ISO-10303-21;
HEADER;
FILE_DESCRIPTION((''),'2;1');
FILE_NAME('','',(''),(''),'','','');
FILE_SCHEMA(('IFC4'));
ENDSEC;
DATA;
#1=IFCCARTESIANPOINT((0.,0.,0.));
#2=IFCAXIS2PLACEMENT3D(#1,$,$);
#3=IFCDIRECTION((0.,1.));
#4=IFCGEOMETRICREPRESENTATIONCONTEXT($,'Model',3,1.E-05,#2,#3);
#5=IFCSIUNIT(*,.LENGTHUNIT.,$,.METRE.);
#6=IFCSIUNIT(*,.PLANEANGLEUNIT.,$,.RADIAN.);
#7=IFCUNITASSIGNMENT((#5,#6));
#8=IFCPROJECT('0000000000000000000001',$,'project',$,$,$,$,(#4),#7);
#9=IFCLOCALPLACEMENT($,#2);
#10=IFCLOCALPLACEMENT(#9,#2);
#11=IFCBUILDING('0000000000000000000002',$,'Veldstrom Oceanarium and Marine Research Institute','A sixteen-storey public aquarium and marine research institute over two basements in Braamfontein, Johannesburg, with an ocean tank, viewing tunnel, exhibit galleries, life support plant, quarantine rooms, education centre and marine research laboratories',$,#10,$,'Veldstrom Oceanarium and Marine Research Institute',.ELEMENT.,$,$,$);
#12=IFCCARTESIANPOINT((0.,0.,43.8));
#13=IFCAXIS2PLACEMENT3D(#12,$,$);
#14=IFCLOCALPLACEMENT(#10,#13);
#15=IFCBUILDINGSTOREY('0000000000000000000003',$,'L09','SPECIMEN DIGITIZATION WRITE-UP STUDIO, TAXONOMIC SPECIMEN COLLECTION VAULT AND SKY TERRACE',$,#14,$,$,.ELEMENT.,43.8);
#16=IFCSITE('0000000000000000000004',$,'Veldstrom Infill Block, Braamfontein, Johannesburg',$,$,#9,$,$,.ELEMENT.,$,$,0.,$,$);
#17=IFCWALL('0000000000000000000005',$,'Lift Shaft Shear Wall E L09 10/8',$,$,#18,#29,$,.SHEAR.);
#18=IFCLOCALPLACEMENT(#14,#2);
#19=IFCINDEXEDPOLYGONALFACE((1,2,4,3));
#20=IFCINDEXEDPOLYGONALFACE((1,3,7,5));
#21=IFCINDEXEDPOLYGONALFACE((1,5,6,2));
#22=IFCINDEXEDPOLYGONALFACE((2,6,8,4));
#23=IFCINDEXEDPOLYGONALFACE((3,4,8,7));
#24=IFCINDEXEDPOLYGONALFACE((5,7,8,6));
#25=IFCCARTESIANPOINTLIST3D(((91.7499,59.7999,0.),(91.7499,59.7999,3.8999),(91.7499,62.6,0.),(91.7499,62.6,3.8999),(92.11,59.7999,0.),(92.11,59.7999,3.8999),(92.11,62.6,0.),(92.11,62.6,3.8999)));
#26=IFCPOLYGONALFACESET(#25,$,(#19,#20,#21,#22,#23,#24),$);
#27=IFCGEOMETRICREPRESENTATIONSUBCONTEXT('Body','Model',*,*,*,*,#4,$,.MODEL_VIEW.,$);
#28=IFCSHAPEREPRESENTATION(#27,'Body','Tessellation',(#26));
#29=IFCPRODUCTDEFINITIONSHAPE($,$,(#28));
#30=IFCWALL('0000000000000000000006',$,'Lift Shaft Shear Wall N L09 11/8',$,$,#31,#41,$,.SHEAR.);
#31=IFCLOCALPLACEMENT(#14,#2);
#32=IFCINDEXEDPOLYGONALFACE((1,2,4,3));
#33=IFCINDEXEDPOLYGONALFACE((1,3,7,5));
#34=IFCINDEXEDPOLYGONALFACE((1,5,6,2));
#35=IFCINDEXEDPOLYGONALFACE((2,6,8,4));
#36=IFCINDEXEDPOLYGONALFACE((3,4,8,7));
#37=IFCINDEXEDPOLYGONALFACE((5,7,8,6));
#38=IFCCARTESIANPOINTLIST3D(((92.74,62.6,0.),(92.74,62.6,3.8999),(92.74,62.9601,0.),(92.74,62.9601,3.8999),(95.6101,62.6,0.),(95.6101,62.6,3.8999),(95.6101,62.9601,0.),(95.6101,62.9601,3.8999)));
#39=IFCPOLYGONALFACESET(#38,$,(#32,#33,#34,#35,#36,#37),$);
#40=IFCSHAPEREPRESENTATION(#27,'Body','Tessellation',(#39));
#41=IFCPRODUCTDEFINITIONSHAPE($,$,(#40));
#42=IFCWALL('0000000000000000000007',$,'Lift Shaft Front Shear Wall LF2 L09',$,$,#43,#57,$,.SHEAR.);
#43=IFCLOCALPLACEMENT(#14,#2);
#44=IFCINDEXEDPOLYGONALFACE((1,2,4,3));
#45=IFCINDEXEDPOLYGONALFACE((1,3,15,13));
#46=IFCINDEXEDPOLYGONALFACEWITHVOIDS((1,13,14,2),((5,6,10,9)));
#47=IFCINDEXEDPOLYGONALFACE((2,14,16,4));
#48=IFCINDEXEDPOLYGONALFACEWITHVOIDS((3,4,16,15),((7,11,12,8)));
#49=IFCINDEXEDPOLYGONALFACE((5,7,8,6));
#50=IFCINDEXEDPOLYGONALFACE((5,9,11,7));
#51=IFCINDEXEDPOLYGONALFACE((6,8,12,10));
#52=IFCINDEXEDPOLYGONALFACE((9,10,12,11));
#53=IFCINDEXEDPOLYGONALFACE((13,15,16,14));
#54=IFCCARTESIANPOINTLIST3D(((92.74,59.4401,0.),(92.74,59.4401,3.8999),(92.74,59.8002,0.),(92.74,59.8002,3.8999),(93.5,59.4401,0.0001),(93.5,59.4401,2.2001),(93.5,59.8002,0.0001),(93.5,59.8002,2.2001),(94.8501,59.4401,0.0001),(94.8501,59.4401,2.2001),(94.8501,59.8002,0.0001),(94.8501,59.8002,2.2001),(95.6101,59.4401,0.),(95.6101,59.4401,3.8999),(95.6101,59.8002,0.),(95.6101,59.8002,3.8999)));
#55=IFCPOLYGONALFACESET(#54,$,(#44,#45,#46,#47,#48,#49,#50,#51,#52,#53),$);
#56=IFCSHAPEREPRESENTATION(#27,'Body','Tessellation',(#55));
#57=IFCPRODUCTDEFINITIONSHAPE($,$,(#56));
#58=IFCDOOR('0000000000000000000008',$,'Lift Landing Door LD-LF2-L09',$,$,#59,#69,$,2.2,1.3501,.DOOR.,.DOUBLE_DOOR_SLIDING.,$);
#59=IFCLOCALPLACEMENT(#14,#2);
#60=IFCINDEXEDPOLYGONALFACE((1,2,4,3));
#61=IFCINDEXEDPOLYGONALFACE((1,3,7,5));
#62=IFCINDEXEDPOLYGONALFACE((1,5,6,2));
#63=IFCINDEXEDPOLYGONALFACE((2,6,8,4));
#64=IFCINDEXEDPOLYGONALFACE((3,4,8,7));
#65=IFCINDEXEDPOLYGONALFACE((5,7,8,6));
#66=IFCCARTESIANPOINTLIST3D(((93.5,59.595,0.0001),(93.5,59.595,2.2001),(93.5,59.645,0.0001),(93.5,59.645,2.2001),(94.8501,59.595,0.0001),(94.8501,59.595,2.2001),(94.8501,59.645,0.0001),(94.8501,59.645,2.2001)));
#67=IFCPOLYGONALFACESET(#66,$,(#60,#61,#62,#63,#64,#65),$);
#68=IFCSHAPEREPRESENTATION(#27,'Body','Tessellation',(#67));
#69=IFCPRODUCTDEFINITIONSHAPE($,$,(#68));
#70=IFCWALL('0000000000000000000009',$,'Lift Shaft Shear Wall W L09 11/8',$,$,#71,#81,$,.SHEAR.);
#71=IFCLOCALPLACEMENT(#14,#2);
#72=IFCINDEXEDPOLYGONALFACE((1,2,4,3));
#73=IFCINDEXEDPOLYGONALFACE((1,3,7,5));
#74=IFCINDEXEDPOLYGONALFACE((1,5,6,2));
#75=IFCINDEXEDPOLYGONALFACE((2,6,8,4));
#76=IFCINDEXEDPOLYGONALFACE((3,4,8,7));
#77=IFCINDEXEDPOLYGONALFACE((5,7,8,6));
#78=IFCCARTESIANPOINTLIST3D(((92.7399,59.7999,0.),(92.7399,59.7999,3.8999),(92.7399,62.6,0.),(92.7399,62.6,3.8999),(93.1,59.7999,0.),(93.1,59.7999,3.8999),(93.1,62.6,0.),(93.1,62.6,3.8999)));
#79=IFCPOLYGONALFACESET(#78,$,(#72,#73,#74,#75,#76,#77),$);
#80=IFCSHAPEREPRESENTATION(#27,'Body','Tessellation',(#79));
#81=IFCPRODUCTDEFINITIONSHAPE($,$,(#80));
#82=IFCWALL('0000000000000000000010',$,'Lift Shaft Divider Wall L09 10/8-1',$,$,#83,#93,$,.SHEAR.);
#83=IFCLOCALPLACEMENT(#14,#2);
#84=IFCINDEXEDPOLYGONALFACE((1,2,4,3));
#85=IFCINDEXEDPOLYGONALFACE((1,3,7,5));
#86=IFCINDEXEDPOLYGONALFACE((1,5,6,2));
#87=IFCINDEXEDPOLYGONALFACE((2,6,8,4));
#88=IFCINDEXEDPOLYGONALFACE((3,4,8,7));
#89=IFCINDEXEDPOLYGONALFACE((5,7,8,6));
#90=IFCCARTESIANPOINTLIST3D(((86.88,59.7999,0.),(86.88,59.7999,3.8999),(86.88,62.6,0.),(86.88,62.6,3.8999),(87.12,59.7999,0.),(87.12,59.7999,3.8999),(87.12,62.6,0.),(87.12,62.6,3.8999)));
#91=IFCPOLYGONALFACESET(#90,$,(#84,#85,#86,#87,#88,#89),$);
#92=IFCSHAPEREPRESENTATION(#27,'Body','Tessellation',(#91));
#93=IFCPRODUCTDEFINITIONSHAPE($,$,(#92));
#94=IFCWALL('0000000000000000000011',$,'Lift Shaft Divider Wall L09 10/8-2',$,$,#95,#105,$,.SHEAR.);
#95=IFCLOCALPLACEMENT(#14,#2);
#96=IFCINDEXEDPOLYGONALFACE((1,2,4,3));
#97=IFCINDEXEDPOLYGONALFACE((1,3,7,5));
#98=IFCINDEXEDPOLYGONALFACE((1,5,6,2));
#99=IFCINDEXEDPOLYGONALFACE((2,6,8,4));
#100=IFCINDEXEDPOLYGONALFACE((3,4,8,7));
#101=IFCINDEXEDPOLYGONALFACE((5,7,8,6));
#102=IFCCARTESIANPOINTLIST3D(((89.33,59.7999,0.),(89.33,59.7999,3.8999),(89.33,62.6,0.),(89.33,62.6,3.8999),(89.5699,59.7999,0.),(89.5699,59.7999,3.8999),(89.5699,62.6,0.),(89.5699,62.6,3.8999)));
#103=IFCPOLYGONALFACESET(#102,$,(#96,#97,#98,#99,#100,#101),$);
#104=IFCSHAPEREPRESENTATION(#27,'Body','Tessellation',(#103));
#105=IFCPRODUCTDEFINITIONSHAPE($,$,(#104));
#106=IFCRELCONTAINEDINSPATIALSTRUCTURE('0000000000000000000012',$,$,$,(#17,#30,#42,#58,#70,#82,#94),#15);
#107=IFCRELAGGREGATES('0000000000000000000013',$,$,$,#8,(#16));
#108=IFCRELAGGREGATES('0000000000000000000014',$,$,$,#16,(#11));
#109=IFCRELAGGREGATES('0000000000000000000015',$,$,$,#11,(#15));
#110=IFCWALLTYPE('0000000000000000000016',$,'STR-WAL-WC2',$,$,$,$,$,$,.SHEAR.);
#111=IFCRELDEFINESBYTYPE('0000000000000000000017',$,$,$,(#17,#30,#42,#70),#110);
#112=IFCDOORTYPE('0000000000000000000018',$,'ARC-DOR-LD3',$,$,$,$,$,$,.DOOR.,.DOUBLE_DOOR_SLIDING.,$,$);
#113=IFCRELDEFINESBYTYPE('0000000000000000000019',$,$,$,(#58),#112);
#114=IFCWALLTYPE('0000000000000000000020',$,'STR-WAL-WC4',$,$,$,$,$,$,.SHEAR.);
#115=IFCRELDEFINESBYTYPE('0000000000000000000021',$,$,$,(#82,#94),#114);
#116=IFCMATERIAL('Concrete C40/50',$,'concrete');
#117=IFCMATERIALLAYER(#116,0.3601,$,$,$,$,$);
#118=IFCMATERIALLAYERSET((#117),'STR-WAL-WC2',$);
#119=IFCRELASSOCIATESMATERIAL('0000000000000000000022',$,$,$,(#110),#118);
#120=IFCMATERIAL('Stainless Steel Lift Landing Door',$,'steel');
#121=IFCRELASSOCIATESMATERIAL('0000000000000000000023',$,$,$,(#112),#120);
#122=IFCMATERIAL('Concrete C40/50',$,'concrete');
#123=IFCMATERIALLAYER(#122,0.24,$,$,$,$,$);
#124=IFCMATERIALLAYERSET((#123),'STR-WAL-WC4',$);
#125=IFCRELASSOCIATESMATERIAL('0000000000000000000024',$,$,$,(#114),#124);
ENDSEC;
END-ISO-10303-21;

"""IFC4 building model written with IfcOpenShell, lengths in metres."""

from ifc_helpers import new_model, si_unit, direction, frame, frame_2d, origin, place, context, subcontext, project, spatial, rectangle, extrude, material, layer, layer_set, type_object, element, fill, save


model = new_model("IFC4")

# Units and contexts
model_context = context("Model", 3, precision=1e-05, world=origin(), true_north=direction((0.0, 1.0)))
body_context = subcontext(model_context, "Body", "Model", "MODEL_VIEW")
ifc_project = project(units=[si_unit("LENGTHUNIT", "METRE"), si_unit("PLANEANGLEUNIT", "RADIAN")], contexts=[model_context])

# Site, building, storey
site_placement = place(None, origin())
site = spatial("IfcSite", under=ifc_project, at=site_placement, Name="Veldstrom Infill Block, Braamfontein, Johannesburg", CompositionType="ELEMENT", RefElevation=0.0)
building_placement = place(site_placement, origin())
building = spatial("IfcBuilding", under=site, at=building_placement, Name="Veldstrom Oceanarium and Marine Research Institute", Description="A sixteen-storey public aquarium and marine research institute over two basements in Braamfontein, Johannesburg, with an ocean tank, viewing tunnel, exhibit galleries, life support plant, quarantine rooms, education centre and marine research laboratories", LongName="Veldstrom Oceanarium and Marine Research Institute", CompositionType="ELEMENT")
storey_placement = place(building_placement, frame((0.0, 0.0, 43.8)))
storey = spatial("IfcBuildingStorey", under=building, at=storey_placement, Name="L09", Description="SPECIMEN DIGITIZATION WRITE-UP STUDIO, TAXONOMIC SPECIMEN COLLECTION VAULT AND SKY TERRACE", CompositionType="ELEMENT", Elevation=43.8)

# Shared definitions
ifc_material_1 = material(Name="Concrete C40/50", Category="concrete")
ifc_layer_1 = layer(ifc_material_1, 0.3601)
ifc_layer_set_1 = layer_set([ifc_layer_1], Name="STR-WAL-WC2")
wall_type_1 = type_object("IfcWallType", Name="STR-WAL-WC2", PredefinedType="SHEAR", material=ifc_layer_set_1)

# Walls
for number, where, z_axis, x_axis, name in (
    (1, (91.9299, 59.8, 0.0), (0.0, 0.0, 1.0), (0.0, 1.0, 0.0), "Lift Shaft Shear Wall E L09 10/8"),
):
    element("IfcWall", number, at=place(storey_placement, frame(where, z_axis=z_axis, x_axis=x_axis)), inside=storey, type_object=wall_type_1, Name=name, PredefinedType="SHEAR", context=body_context, shape_type="SweptSolid", body=[
        extrude(rectangle(XDim=2.8, YDim=0.3601, at=frame_2d((1.3999, 0.0))), origin(), (0.0, 0.0, 1.0), 3.8999),
    ])
wall_1_placement = place(storey_placement, frame((92.74, 62.78, 0.0), z_axis=(0.0, 0.0, 1.0), x_axis=(1.0, 0.0, 0.0)))
element("IfcWall", 2, at=wall_1_placement, inside=storey, type_object=wall_type_1, Name="Lift Shaft Shear Wall N L09 11/8", PredefinedType="SHEAR", context=body_context, shape_type="SweptSolid", body=[
    extrude(rectangle(XDim=2.8701, YDim=0.3601, at=frame_2d((1.4351, 0.0))), origin(), (0.0, 0.0, 1.0), 3.8999),
])

# Wall, opening, door
wall_2_placement = place(storey_placement, frame((92.74, 59.6201, 0.0), z_axis=(0.0, 0.0, 1.0), x_axis=(1.0, 0.0, 0.0)))
wall_2 = element("IfcWall", 3, at=wall_2_placement, inside=storey, type_object=wall_type_1, Name="Lift Shaft Front Shear Wall LF2 L09", PredefinedType="SHEAR", context=body_context, shape_type="SweptSolid", body=[
    extrude(rectangle(XDim=2.8701, YDim=0.3601, at=frame_2d((1.4351, 0.0))), origin(), (0.0, 0.0, 1.0), 3.8999),
])
opening_1_placement = place(wall_2_placement, frame((0.76, 0.0, 0.0)))
opening_1 = element("IfcOpeningElement", 4, at=opening_1_placement, cuts=wall_2, PredefinedType="OPENING", context=body_context, shape_type="SweptSolid", body=[
    extrude(rectangle(XDim=1.3501, YDim=2.2, at=frame_2d((0.675, 1.1001))), frame((0.0, 0.1899, 0.0), z_axis=(0.0, -1.0, 0.0), x_axis=(1.0, 0.0, 0.0)), (0.0, 0.0, 1.0), 0.3801),
])
ifc_material_2 = material(Name="Stainless Steel Lift Landing Door", Category="steel")
door_type_1 = type_object("IfcDoorType", Name="ARC-DOR-LD3", OperationType="DOUBLE_DOOR_SLIDING", PredefinedType="DOOR", material=ifc_material_2)
door_1_placement = place(opening_1_placement, origin())
door_1 = element("IfcDoor", 5, at=door_1_placement, inside=storey, type_object=door_type_1, Name="Lift Landing Door LD-LF2-L09", OperationType="DOUBLE_DOOR_SLIDING", OverallHeight=2.2, OverallWidth=1.3501, PredefinedType="DOOR", context=body_context, shape_type="SweptSolid", body=[
    extrude(rectangle(XDim=1.3501, YDim=2.2, at=frame_2d((0.675, 1.1001))), frame((0.0, 0.0249, 0.0), z_axis=(0.0, -1.0, 0.0), x_axis=(1.0, 0.0, 0.0)), (0.0, 0.0, 1.0), 0.05),
])
fill(opening_1, door_1)

# Walls
wall_3_placement = place(storey_placement, frame((92.9199, 59.8, 0.0), z_axis=(0.0, 0.0, 1.0), x_axis=(0.0, 1.0, 0.0)))
element("IfcWall", 6, at=wall_3_placement, inside=storey, type_object=wall_type_1, Name="Lift Shaft Shear Wall W L09 11/8", PredefinedType="SHEAR", context=body_context, shape_type="SweptSolid", body=[
    extrude(rectangle(XDim=2.8, YDim=0.3601, at=frame_2d((1.3999, 0.0))), origin(), (0.0, 0.0, 1.0), 3.8999),
])
ifc_material_3 = material(Name="Concrete C40/50", Category="concrete")
ifc_layer_2 = layer(ifc_material_3, 0.24)
ifc_layer_set_2 = layer_set([ifc_layer_2], Name="STR-WAL-WC4")
wall_type_2 = type_object("IfcWallType", Name="STR-WAL-WC4", PredefinedType="SHEAR", material=ifc_layer_set_2)
for number, where, z_axis, x_axis, name in (
    (7, (87.0, 59.8, 0.0), (0.0, 0.0, 1.0), (0.0, 1.0, 0.0), "Lift Shaft Divider Wall L09 10/8-1"),
    (8, (89.45, 59.8, 0.0), (0.0, 0.0, 1.0), (0.0, 1.0, 0.0), "Lift Shaft Divider Wall L09 10/8-2"),
):
    element("IfcWall", number, at=place(storey_placement, frame(where, z_axis=z_axis, x_axis=x_axis)), inside=storey, type_object=wall_type_2, Name=name, PredefinedType="SHEAR", context=body_context, shape_type="SweptSolid", body=[
        extrude(rectangle(XDim=2.8, YDim=0.24, at=frame_2d((1.3999, 0.0))), origin(), (0.0, 0.0, 1.0), 3.8999),
    ])

save(model, "model.ifc")
